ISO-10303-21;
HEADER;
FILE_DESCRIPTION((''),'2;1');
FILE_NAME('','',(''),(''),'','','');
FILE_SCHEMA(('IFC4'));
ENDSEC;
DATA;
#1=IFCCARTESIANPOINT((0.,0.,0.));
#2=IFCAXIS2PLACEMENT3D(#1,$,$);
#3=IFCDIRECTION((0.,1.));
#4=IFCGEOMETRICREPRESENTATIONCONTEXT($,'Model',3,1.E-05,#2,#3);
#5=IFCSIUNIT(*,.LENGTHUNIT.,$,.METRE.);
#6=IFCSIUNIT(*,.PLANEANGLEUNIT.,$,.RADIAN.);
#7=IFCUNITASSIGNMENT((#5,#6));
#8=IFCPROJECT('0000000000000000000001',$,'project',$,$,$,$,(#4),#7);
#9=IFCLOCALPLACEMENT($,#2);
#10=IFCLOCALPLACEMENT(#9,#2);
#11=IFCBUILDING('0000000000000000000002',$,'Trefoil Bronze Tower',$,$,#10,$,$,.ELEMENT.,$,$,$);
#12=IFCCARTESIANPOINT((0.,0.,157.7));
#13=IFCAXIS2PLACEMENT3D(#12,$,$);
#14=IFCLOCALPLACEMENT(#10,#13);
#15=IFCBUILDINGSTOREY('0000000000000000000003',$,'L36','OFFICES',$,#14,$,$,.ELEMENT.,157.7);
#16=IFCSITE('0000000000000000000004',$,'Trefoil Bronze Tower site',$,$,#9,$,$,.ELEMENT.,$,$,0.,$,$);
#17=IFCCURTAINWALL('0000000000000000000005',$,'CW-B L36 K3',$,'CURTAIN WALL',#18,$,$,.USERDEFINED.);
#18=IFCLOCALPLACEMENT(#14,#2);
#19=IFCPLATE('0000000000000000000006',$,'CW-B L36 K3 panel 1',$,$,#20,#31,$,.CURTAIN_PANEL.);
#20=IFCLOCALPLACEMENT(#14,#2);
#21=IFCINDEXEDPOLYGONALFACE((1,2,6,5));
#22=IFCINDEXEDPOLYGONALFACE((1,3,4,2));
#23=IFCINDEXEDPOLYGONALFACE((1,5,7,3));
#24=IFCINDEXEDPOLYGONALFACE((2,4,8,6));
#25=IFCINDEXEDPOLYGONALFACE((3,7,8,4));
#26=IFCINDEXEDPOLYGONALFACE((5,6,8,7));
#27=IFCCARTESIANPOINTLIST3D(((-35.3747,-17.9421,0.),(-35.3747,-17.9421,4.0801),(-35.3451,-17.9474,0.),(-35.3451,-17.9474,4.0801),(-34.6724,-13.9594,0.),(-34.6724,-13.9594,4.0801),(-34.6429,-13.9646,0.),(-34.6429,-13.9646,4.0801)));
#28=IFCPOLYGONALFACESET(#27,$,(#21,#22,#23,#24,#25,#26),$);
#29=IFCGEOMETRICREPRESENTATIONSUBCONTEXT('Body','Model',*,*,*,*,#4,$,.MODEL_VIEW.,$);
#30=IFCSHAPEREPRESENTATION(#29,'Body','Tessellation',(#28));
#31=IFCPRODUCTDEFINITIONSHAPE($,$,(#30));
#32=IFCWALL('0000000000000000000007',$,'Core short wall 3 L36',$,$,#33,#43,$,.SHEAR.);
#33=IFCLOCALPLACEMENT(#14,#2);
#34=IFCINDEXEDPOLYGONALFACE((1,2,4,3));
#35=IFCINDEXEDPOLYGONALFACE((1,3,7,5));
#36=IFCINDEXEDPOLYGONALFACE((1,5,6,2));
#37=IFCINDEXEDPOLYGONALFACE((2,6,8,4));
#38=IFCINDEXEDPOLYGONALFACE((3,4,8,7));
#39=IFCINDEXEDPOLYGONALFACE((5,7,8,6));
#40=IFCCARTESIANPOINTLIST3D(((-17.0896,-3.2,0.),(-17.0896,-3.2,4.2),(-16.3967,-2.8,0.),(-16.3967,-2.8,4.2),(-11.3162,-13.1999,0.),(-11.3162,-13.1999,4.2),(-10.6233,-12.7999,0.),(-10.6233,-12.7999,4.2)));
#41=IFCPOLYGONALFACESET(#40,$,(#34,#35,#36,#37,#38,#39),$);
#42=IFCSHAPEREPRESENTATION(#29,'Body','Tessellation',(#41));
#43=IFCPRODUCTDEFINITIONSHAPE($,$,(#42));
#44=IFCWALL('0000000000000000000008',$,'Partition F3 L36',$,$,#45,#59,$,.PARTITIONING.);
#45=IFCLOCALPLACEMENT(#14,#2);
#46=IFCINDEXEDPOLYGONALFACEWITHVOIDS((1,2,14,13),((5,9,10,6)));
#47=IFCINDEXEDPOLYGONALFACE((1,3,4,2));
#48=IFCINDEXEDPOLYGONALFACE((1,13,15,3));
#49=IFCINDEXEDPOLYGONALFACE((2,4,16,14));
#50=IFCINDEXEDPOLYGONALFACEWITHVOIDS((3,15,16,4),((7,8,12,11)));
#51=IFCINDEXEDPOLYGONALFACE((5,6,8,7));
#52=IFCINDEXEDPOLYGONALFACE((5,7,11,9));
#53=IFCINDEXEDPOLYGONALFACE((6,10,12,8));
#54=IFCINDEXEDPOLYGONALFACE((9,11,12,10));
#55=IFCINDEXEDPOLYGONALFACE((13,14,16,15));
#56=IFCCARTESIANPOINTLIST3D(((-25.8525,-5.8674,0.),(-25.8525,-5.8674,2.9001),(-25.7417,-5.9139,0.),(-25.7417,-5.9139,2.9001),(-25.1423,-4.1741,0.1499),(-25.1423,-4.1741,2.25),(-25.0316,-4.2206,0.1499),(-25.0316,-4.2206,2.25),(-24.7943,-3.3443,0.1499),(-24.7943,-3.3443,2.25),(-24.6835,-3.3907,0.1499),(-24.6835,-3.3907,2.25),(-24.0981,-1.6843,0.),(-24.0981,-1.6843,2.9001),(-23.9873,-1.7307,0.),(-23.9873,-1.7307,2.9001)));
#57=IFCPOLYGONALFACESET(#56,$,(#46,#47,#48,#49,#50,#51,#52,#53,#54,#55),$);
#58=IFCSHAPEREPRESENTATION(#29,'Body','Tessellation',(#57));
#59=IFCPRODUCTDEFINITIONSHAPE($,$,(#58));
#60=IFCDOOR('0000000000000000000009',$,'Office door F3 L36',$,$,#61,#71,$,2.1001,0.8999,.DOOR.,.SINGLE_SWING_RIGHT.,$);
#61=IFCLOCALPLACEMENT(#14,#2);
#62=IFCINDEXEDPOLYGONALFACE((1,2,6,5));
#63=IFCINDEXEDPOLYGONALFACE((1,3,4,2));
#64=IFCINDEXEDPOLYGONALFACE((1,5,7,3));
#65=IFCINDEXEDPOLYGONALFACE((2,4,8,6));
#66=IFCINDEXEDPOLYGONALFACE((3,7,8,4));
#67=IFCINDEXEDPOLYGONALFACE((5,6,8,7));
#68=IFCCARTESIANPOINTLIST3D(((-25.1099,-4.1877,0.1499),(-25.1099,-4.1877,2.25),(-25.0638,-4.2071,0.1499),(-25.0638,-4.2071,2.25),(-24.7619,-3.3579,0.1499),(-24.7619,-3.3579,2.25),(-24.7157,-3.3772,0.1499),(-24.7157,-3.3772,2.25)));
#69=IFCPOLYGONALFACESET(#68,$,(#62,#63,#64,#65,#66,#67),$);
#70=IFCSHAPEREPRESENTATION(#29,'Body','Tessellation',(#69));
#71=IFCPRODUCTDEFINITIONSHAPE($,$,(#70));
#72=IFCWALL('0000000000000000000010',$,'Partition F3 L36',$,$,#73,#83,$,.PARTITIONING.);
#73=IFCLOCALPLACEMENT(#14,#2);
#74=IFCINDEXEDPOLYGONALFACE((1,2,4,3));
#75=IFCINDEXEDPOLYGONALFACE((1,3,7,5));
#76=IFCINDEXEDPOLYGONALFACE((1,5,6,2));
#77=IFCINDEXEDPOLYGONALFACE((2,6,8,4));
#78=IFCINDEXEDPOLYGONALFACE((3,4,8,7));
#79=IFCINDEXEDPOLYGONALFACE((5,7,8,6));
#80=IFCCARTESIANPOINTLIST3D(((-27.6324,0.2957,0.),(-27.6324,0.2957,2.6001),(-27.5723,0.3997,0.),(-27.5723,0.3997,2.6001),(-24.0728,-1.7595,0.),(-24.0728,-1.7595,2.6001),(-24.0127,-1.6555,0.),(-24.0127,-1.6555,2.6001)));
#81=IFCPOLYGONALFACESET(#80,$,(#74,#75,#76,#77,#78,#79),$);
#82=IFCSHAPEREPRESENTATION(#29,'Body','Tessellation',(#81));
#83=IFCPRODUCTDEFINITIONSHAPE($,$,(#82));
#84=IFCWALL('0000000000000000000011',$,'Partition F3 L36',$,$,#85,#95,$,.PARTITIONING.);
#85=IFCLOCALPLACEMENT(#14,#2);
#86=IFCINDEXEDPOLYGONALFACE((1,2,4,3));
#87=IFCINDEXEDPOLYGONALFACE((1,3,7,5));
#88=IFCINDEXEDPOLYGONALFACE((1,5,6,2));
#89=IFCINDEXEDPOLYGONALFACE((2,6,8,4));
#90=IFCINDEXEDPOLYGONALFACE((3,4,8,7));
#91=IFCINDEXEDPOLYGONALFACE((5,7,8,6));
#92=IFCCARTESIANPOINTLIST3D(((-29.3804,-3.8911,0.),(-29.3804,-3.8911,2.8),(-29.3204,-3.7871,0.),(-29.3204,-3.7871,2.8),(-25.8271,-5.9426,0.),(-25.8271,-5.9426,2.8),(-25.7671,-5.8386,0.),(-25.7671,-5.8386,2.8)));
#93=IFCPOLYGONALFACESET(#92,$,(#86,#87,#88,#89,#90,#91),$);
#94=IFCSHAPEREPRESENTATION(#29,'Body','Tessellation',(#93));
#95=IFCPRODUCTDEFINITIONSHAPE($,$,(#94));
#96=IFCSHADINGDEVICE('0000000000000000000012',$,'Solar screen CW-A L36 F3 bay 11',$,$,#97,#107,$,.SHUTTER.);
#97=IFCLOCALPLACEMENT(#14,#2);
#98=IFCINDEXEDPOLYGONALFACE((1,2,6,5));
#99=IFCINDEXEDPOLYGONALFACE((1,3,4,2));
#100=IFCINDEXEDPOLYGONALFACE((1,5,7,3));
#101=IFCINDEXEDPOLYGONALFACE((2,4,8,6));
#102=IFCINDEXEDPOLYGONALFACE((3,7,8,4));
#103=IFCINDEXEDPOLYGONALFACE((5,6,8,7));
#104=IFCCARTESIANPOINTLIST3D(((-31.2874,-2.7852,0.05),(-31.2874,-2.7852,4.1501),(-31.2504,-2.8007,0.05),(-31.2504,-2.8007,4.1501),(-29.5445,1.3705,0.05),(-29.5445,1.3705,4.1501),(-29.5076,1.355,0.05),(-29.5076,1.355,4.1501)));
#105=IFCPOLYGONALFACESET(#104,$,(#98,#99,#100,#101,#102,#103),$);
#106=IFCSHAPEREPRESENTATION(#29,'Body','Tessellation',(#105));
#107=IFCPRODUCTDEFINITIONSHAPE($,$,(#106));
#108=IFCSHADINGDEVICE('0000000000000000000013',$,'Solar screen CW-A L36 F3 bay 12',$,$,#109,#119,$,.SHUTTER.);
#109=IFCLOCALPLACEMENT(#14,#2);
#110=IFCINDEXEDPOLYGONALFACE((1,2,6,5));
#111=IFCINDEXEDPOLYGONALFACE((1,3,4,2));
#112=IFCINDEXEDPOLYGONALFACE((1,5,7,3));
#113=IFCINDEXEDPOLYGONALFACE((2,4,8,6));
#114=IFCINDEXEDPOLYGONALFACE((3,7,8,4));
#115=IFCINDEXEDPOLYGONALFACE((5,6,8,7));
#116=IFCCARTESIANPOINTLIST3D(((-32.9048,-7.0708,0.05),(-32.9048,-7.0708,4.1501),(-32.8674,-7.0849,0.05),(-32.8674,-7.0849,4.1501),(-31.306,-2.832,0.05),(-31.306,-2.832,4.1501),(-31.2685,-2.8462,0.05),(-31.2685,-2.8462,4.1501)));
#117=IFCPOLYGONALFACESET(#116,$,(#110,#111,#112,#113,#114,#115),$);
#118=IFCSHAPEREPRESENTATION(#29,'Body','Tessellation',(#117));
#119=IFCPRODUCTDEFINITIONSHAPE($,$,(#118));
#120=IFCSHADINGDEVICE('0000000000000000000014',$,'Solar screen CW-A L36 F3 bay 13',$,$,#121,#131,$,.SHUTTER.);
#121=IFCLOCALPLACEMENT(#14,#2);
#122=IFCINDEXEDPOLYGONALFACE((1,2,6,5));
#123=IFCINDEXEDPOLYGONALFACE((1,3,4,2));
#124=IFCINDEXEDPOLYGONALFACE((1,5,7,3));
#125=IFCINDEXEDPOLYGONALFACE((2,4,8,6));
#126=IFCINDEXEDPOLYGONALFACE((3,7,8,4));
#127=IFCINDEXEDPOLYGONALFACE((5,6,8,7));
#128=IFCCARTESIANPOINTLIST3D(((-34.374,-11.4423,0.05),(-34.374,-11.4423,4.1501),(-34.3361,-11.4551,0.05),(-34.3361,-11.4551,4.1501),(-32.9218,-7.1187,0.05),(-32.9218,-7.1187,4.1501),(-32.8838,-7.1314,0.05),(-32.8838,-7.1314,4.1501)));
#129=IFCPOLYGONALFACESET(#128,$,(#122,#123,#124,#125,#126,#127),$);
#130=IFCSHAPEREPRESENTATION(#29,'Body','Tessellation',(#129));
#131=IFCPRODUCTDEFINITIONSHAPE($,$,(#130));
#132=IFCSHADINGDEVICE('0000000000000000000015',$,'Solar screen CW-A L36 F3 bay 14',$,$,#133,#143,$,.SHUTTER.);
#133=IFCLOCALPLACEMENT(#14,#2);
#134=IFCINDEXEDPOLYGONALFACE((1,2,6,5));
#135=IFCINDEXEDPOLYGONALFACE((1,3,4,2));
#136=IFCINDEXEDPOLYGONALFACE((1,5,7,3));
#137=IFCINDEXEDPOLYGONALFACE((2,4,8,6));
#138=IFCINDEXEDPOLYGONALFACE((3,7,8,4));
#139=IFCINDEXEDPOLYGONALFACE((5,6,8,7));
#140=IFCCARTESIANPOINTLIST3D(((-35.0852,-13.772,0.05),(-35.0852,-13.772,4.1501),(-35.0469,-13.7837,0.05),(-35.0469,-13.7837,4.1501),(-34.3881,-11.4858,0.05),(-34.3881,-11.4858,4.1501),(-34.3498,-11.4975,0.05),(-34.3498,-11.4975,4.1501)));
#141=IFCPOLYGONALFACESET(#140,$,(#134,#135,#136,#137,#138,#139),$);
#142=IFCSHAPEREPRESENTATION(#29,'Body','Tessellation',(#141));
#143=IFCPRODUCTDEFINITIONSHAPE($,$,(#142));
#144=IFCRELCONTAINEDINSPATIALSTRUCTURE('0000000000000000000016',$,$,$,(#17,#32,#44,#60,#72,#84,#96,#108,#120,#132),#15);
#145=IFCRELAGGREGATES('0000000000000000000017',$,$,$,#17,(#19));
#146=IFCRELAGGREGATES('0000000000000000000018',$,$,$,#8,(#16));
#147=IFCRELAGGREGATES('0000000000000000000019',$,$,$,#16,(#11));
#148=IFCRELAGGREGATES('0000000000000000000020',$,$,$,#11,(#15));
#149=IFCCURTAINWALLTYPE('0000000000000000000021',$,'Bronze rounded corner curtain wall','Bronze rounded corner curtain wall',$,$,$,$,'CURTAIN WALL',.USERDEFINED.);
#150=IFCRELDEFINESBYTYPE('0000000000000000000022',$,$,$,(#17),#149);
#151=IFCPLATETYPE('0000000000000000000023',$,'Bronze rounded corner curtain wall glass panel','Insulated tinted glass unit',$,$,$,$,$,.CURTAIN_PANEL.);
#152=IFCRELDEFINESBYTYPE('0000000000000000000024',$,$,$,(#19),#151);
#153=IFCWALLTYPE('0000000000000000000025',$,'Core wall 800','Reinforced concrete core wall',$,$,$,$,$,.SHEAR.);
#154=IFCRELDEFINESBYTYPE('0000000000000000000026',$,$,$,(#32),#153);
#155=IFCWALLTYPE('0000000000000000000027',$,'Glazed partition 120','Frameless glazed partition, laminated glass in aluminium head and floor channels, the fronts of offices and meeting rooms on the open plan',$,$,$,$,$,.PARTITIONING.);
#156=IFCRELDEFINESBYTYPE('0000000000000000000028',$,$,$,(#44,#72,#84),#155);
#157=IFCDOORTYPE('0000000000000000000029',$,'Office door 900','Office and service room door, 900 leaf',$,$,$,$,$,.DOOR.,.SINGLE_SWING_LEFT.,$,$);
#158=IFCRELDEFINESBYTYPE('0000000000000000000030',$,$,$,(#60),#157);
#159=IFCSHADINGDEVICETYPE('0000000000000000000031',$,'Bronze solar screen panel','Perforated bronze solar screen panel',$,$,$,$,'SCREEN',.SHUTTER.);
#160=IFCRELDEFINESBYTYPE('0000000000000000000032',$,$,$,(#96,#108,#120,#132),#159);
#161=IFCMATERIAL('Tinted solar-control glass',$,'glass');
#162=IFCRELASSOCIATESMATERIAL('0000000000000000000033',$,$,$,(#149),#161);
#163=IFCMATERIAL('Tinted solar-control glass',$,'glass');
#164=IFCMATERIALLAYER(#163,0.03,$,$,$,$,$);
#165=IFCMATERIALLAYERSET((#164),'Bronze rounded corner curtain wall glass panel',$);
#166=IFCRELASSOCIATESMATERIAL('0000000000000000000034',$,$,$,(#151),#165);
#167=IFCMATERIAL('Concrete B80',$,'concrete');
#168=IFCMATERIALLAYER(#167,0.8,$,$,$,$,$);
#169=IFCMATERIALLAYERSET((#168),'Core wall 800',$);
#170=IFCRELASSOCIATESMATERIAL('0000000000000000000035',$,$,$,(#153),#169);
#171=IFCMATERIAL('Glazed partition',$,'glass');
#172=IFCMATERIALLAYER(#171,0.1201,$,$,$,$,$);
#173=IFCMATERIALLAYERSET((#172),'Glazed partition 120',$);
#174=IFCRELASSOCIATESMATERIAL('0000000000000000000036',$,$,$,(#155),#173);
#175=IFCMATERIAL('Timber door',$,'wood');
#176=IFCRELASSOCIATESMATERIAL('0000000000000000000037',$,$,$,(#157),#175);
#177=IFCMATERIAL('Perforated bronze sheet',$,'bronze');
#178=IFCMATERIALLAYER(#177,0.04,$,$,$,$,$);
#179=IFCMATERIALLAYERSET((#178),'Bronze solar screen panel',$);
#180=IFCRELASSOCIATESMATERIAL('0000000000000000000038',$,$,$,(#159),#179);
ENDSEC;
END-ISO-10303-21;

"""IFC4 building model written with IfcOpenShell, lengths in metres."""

from ifc_helpers import new_model, si_unit, direction, frame, frame_2d, origin, origin_2d, place, context, subcontext, project, spatial, rectangle, extrude, material, layer, layer_set, type_object, element, fill, aggregate, save


model = new_model("IFC4")

# Units and contexts
model_context = context("Model", 3, precision=1e-05, world=origin(), true_north=direction((0.0, 1.0)))
body_context = subcontext(model_context, "Body", "Model", "MODEL_VIEW")
ifc_project = project(units=[si_unit("LENGTHUNIT", "METRE"), si_unit("PLANEANGLEUNIT", "RADIAN")], contexts=[model_context])

# Site, building, storey
site_placement = place(None, origin())
site = spatial("IfcSite", under=ifc_project, at=site_placement, Name="Trefoil Bronze Tower site", CompositionType="ELEMENT", RefElevation=0.0)
building_placement = place(site_placement, origin())
building = spatial("IfcBuilding", under=site, at=building_placement, Name="Trefoil Bronze Tower", CompositionType="ELEMENT")
storey_placement = place(building_placement, frame((0.0, 0.0, 157.7)))
storey = spatial("IfcBuildingStorey", under=building, at=storey_placement, Name="L36", Description="OFFICES", CompositionType="ELEMENT", Elevation=157.7)

# Curtain wall
ifc_material_1 = material(Name="Tinted solar-control glass", Category="glass")
curtain_wall_type_1 = type_object("IfcCurtainWallType", Name="Bronze rounded corner curtain wall", Description="Bronze rounded corner curtain wall", ElementType="CURTAIN WALL", PredefinedType="USERDEFINED", material=ifc_material_1)
curtain_wall_1_placement = place(storey_placement, origin())
curtain_wall_1 = element("IfcCurtainWall", 1, at=curtain_wall_1_placement, inside=storey, type_object=curtain_wall_type_1, Name="CW-B L36 K3", ObjectType="CURTAIN WALL", PredefinedType="USERDEFINED")

# Plate
ifc_material_2 = material(Name="Tinted solar-control glass", Category="glass")
ifc_layer_1 = layer(ifc_material_2, 0.03)
ifc_layer_set_1 = layer_set([ifc_layer_1], Name="Bronze rounded corner curtain wall glass panel")
plate_type_1 = type_object("IfcPlateType", Name="Bronze rounded corner curtain wall glass panel", Description="Insulated tinted glass unit", PredefinedType="CURTAIN_PANEL", material=ifc_layer_set_1)
plate_1_placement = place(storey_placement, frame((-35.0088, -15.9534, 0.0), z_axis=(0.0, 0.0, 1.0), x_axis=(-0.173648, -0.984808, 0.0)))
plate_1 = element("IfcPlate", 2, at=plate_1_placement, type_object=plate_type_1, Name="CW-B L36 K3 panel 1", PredefinedType="CURTAIN_PANEL", context=body_context, shape_type="SweptSolid", body=[
    extrude(rectangle(XDim=4.0442, YDim=0.03, at=origin_2d()), origin(), (0.0, 0.0, 1.0), 4.0801),
])
aggregate(curtain_wall_1, [plate_1])

# Wall
ifc_material_3 = material(Name="Concrete B80", Category="concrete")
ifc_layer_2 = layer(ifc_material_3, 0.8)
ifc_layer_set_2 = layer_set([ifc_layer_2], Name="Core wall 800")
wall_type_1 = type_object("IfcWallType", Name="Core wall 800", Description="Reinforced concrete core wall", PredefinedType="SHEAR", material=ifc_layer_set_2)
wall_1_placement = place(storey_placement, frame((-16.7432, -3.0, 0.0), z_axis=(0.0, 0.0, 1.0), x_axis=(0.499996, -0.866028, 0.0)))
element("IfcWall", 3, at=wall_1_placement, inside=storey, type_object=wall_type_1, Name="Core short wall 3 L36", PredefinedType="SHEAR", context=body_context, shape_type="SweptSolid", body=[
    extrude(rectangle(XDim=11.5469, YDim=0.8, at=frame_2d((5.7734, 0.0))), origin(), (0.0, 0.0, 1.0), 4.2),
])

# Wall, opening, door
ifc_material_4 = material(Name="Glazed partition", Category="glass")
ifc_layer_3 = layer(ifc_material_4, 0.1201)
ifc_layer_set_3 = layer_set([ifc_layer_3], Name="Glazed partition 120")
wall_type_2 = type_object("IfcWallType", Name="Glazed partition 120", Description="Frameless glazed partition, laminated glass in aluminium head and floor channels, the fronts of offices and meeting rooms on the open plan", PredefinedType="PARTITIONING", material=ifc_layer_set_3)
wall_2_placement = place(storey_placement, frame((-24.0427, -1.7075, 0.0), z_axis=(0.0, 0.0, 1.0), x_axis=(-0.386762, -0.92218, 0.0)))
wall_2 = element("IfcWall", 4, at=wall_2_placement, inside=storey, type_object=wall_type_2, Name="Partition F3 L36", PredefinedType="PARTITIONING", context=body_context, shape_type="SweptSolid", body=[
    extrude(rectangle(XDim=4.5361, YDim=0.1201, at=frame_2d((2.2681, 0.0))), origin(), (0.0, 0.0, 1.0), 2.9001),
])
opening_placement = place(wall_2_placement, frame((1.8, 0.0, 0.1499)))
opening = element("IfcOpeningElement", 5, at=opening_placement, cuts=wall_2, PredefinedType="OPENING", context=body_context, shape_type="SweptSolid", body=[
    extrude(rectangle(XDim=0.8999, YDim=2.1001, at=frame_2d((0.45, 1.05))), frame((0.0, 0.0701, 0.0), z_axis=(0.0, -1.0, 0.0), x_axis=(1.0, 0.0, 0.0)), (0.0, 0.0, 1.0), 0.1401),
])
ifc_material_5 = material(Name="Timber door", Category="wood")
door_type = type_object("IfcDoorType", Name="Office door 900", Description="Office and service room door, 900 leaf", OperationType="SINGLE_SWING_LEFT", PredefinedType="DOOR", material=ifc_material_5)
door_placement = place(opening_placement, frame((0.8999, 0.0, 0.0), z_axis=(0.0, 0.0, 1.0), x_axis=(-1.0, 0.0, 0.0)))
door = element("IfcDoor", 6, at=door_placement, inside=storey, type_object=door_type, Name="Office door F3 L36", OperationType="SINGLE_SWING_RIGHT", OverallHeight=2.1001, OverallWidth=0.8999, PredefinedType="DOOR", context=body_context, shape_type="SweptSolid", body=[
    extrude(rectangle(XDim=0.8999, YDim=2.1001, at=frame_2d((0.45, 1.05))), frame((0.0, 0.0249, 0.0), z_axis=(0.0, -1.0, 0.0), x_axis=(1.0, 0.0, 0.0)), (0.0, 0.0, 1.0), 0.05),
])
fill(opening, door)

# Walls
wall_3_placement = place(storey_placement, frame((-24.0427, -1.7075, 0.0), z_axis=(0.0, 0.0, 1.0), x_axis=(-0.866019, 0.50001, 0.0)))
element("IfcWall", 7, at=wall_3_placement, inside=storey, type_object=wall_type_2, Name="Partition F3 L36", PredefinedType="PARTITIONING", context=body_context, shape_type="SweptSolid", body=[
    extrude(rectangle(XDim=4.1104, YDim=0.1201, at=frame_2d((2.0552, 0.0))), origin(), (0.0, 0.0, 1.0), 2.6001),
])
wall_4_placement = place(storey_placement, frame((-25.7971, -5.8906, 0.0), z_axis=(0.0, 0.0, 1.0), x_axis=(-0.866019, 0.500011, 0.0)))
element("IfcWall", 8, at=wall_4_placement, inside=storey, type_object=wall_type_2, Name="Partition F3 L36", PredefinedType="PARTITIONING", context=body_context, shape_type="SweptSolid", body=[
    extrude(rectangle(XDim=4.103, YDim=0.1201, at=frame_2d((2.0515, 0.0))), origin(), (0.0, 0.0, 1.0), 2.8),
])

# Shading devices
ifc_material_6 = material(Name="Perforated bronze sheet", Category="bronze")
ifc_layer_4 = layer(ifc_material_6, 0.04)
ifc_layer_set_4 = layer_set([ifc_layer_4], Name="Bronze solar screen panel")
shading_device_type = type_object("IfcShadingDeviceType", Name="Bronze solar screen panel", Description="Perforated bronze solar screen panel", ElementType="SCREEN", PredefinedType="SHUTTER", material=ifc_layer_set_4)
shading_device_1_placement = place(storey_placement, frame((-30.3975, -0.7151, 0.05), z_axis=(0.0, 0.0, 1.0), x_axis=(-0.386759, -0.922181, 0.0)))
element("IfcShadingDevice", 9, at=shading_device_1_placement, inside=storey, type_object=shading_device_type, Name="Solar screen CW-A L36 F3 bay 11", PredefinedType="SHUTTER", context=body_context, shape_type="SweptSolid", body=[
    extrude(rectangle(XDim=4.5063, YDim=0.04, at=origin_2d()), origin(), (0.0, 0.0, 1.0), 4.1001),
])
shading_device_2_placement = place(storey_placement, frame((-32.0867, -4.9585, 0.05), z_axis=(0.0, 0.0, 1.0), x_axis=(-0.35292, -0.935654, 0.0)))
element("IfcShadingDevice", 10, at=shading_device_2_placement, inside=storey, type_object=shading_device_type, Name="Solar screen CW-A L36 F3 bay 12", PredefinedType="SHUTTER", context=body_context, shape_type="SweptSolid", body=[
    extrude(rectangle(XDim=4.5303, YDim=0.04, at=origin_2d()), origin(), (0.0, 0.0, 1.0), 4.1001),
])
shading_device_3_placement = place(storey_placement, frame((-33.6289, -9.2869, 0.05), z_axis=(0.0, 0.0, 1.0), x_axis=(-0.318404, -0.947955, 0.0)))
element("IfcShadingDevice", 11, at=shading_device_3_placement, inside=storey, type_object=shading_device_type, Name="Solar screen CW-A L36 F3 bay 13", PredefinedType="SHUTTER", context=body_context, shape_type="SweptSolid", body=[
    extrude(rectangle(XDim=4.561, YDim=0.04, at=origin_2d()), origin(), (0.0, 0.0, 1.0), 4.1001),
])
shading_device_4_placement = place(storey_placement, frame((-34.7175, -12.6348, 0.05), z_axis=(0.0, 0.0, 1.0), x_axis=(-0.291669, -0.956519, 0.0)))
element("IfcShadingDevice", 12, at=shading_device_4_placement, inside=storey, type_object=shading_device_type, Name="Solar screen CW-A L36 F3 bay 14", PredefinedType="SHUTTER", context=body_context, shape_type="SweptSolid", body=[
    extrude(rectangle(XDim=2.3901, YDim=0.04, at=origin_2d()), origin(), (0.0, 0.0, 1.0), 4.1001),
])

save(model, "model.ifc")
